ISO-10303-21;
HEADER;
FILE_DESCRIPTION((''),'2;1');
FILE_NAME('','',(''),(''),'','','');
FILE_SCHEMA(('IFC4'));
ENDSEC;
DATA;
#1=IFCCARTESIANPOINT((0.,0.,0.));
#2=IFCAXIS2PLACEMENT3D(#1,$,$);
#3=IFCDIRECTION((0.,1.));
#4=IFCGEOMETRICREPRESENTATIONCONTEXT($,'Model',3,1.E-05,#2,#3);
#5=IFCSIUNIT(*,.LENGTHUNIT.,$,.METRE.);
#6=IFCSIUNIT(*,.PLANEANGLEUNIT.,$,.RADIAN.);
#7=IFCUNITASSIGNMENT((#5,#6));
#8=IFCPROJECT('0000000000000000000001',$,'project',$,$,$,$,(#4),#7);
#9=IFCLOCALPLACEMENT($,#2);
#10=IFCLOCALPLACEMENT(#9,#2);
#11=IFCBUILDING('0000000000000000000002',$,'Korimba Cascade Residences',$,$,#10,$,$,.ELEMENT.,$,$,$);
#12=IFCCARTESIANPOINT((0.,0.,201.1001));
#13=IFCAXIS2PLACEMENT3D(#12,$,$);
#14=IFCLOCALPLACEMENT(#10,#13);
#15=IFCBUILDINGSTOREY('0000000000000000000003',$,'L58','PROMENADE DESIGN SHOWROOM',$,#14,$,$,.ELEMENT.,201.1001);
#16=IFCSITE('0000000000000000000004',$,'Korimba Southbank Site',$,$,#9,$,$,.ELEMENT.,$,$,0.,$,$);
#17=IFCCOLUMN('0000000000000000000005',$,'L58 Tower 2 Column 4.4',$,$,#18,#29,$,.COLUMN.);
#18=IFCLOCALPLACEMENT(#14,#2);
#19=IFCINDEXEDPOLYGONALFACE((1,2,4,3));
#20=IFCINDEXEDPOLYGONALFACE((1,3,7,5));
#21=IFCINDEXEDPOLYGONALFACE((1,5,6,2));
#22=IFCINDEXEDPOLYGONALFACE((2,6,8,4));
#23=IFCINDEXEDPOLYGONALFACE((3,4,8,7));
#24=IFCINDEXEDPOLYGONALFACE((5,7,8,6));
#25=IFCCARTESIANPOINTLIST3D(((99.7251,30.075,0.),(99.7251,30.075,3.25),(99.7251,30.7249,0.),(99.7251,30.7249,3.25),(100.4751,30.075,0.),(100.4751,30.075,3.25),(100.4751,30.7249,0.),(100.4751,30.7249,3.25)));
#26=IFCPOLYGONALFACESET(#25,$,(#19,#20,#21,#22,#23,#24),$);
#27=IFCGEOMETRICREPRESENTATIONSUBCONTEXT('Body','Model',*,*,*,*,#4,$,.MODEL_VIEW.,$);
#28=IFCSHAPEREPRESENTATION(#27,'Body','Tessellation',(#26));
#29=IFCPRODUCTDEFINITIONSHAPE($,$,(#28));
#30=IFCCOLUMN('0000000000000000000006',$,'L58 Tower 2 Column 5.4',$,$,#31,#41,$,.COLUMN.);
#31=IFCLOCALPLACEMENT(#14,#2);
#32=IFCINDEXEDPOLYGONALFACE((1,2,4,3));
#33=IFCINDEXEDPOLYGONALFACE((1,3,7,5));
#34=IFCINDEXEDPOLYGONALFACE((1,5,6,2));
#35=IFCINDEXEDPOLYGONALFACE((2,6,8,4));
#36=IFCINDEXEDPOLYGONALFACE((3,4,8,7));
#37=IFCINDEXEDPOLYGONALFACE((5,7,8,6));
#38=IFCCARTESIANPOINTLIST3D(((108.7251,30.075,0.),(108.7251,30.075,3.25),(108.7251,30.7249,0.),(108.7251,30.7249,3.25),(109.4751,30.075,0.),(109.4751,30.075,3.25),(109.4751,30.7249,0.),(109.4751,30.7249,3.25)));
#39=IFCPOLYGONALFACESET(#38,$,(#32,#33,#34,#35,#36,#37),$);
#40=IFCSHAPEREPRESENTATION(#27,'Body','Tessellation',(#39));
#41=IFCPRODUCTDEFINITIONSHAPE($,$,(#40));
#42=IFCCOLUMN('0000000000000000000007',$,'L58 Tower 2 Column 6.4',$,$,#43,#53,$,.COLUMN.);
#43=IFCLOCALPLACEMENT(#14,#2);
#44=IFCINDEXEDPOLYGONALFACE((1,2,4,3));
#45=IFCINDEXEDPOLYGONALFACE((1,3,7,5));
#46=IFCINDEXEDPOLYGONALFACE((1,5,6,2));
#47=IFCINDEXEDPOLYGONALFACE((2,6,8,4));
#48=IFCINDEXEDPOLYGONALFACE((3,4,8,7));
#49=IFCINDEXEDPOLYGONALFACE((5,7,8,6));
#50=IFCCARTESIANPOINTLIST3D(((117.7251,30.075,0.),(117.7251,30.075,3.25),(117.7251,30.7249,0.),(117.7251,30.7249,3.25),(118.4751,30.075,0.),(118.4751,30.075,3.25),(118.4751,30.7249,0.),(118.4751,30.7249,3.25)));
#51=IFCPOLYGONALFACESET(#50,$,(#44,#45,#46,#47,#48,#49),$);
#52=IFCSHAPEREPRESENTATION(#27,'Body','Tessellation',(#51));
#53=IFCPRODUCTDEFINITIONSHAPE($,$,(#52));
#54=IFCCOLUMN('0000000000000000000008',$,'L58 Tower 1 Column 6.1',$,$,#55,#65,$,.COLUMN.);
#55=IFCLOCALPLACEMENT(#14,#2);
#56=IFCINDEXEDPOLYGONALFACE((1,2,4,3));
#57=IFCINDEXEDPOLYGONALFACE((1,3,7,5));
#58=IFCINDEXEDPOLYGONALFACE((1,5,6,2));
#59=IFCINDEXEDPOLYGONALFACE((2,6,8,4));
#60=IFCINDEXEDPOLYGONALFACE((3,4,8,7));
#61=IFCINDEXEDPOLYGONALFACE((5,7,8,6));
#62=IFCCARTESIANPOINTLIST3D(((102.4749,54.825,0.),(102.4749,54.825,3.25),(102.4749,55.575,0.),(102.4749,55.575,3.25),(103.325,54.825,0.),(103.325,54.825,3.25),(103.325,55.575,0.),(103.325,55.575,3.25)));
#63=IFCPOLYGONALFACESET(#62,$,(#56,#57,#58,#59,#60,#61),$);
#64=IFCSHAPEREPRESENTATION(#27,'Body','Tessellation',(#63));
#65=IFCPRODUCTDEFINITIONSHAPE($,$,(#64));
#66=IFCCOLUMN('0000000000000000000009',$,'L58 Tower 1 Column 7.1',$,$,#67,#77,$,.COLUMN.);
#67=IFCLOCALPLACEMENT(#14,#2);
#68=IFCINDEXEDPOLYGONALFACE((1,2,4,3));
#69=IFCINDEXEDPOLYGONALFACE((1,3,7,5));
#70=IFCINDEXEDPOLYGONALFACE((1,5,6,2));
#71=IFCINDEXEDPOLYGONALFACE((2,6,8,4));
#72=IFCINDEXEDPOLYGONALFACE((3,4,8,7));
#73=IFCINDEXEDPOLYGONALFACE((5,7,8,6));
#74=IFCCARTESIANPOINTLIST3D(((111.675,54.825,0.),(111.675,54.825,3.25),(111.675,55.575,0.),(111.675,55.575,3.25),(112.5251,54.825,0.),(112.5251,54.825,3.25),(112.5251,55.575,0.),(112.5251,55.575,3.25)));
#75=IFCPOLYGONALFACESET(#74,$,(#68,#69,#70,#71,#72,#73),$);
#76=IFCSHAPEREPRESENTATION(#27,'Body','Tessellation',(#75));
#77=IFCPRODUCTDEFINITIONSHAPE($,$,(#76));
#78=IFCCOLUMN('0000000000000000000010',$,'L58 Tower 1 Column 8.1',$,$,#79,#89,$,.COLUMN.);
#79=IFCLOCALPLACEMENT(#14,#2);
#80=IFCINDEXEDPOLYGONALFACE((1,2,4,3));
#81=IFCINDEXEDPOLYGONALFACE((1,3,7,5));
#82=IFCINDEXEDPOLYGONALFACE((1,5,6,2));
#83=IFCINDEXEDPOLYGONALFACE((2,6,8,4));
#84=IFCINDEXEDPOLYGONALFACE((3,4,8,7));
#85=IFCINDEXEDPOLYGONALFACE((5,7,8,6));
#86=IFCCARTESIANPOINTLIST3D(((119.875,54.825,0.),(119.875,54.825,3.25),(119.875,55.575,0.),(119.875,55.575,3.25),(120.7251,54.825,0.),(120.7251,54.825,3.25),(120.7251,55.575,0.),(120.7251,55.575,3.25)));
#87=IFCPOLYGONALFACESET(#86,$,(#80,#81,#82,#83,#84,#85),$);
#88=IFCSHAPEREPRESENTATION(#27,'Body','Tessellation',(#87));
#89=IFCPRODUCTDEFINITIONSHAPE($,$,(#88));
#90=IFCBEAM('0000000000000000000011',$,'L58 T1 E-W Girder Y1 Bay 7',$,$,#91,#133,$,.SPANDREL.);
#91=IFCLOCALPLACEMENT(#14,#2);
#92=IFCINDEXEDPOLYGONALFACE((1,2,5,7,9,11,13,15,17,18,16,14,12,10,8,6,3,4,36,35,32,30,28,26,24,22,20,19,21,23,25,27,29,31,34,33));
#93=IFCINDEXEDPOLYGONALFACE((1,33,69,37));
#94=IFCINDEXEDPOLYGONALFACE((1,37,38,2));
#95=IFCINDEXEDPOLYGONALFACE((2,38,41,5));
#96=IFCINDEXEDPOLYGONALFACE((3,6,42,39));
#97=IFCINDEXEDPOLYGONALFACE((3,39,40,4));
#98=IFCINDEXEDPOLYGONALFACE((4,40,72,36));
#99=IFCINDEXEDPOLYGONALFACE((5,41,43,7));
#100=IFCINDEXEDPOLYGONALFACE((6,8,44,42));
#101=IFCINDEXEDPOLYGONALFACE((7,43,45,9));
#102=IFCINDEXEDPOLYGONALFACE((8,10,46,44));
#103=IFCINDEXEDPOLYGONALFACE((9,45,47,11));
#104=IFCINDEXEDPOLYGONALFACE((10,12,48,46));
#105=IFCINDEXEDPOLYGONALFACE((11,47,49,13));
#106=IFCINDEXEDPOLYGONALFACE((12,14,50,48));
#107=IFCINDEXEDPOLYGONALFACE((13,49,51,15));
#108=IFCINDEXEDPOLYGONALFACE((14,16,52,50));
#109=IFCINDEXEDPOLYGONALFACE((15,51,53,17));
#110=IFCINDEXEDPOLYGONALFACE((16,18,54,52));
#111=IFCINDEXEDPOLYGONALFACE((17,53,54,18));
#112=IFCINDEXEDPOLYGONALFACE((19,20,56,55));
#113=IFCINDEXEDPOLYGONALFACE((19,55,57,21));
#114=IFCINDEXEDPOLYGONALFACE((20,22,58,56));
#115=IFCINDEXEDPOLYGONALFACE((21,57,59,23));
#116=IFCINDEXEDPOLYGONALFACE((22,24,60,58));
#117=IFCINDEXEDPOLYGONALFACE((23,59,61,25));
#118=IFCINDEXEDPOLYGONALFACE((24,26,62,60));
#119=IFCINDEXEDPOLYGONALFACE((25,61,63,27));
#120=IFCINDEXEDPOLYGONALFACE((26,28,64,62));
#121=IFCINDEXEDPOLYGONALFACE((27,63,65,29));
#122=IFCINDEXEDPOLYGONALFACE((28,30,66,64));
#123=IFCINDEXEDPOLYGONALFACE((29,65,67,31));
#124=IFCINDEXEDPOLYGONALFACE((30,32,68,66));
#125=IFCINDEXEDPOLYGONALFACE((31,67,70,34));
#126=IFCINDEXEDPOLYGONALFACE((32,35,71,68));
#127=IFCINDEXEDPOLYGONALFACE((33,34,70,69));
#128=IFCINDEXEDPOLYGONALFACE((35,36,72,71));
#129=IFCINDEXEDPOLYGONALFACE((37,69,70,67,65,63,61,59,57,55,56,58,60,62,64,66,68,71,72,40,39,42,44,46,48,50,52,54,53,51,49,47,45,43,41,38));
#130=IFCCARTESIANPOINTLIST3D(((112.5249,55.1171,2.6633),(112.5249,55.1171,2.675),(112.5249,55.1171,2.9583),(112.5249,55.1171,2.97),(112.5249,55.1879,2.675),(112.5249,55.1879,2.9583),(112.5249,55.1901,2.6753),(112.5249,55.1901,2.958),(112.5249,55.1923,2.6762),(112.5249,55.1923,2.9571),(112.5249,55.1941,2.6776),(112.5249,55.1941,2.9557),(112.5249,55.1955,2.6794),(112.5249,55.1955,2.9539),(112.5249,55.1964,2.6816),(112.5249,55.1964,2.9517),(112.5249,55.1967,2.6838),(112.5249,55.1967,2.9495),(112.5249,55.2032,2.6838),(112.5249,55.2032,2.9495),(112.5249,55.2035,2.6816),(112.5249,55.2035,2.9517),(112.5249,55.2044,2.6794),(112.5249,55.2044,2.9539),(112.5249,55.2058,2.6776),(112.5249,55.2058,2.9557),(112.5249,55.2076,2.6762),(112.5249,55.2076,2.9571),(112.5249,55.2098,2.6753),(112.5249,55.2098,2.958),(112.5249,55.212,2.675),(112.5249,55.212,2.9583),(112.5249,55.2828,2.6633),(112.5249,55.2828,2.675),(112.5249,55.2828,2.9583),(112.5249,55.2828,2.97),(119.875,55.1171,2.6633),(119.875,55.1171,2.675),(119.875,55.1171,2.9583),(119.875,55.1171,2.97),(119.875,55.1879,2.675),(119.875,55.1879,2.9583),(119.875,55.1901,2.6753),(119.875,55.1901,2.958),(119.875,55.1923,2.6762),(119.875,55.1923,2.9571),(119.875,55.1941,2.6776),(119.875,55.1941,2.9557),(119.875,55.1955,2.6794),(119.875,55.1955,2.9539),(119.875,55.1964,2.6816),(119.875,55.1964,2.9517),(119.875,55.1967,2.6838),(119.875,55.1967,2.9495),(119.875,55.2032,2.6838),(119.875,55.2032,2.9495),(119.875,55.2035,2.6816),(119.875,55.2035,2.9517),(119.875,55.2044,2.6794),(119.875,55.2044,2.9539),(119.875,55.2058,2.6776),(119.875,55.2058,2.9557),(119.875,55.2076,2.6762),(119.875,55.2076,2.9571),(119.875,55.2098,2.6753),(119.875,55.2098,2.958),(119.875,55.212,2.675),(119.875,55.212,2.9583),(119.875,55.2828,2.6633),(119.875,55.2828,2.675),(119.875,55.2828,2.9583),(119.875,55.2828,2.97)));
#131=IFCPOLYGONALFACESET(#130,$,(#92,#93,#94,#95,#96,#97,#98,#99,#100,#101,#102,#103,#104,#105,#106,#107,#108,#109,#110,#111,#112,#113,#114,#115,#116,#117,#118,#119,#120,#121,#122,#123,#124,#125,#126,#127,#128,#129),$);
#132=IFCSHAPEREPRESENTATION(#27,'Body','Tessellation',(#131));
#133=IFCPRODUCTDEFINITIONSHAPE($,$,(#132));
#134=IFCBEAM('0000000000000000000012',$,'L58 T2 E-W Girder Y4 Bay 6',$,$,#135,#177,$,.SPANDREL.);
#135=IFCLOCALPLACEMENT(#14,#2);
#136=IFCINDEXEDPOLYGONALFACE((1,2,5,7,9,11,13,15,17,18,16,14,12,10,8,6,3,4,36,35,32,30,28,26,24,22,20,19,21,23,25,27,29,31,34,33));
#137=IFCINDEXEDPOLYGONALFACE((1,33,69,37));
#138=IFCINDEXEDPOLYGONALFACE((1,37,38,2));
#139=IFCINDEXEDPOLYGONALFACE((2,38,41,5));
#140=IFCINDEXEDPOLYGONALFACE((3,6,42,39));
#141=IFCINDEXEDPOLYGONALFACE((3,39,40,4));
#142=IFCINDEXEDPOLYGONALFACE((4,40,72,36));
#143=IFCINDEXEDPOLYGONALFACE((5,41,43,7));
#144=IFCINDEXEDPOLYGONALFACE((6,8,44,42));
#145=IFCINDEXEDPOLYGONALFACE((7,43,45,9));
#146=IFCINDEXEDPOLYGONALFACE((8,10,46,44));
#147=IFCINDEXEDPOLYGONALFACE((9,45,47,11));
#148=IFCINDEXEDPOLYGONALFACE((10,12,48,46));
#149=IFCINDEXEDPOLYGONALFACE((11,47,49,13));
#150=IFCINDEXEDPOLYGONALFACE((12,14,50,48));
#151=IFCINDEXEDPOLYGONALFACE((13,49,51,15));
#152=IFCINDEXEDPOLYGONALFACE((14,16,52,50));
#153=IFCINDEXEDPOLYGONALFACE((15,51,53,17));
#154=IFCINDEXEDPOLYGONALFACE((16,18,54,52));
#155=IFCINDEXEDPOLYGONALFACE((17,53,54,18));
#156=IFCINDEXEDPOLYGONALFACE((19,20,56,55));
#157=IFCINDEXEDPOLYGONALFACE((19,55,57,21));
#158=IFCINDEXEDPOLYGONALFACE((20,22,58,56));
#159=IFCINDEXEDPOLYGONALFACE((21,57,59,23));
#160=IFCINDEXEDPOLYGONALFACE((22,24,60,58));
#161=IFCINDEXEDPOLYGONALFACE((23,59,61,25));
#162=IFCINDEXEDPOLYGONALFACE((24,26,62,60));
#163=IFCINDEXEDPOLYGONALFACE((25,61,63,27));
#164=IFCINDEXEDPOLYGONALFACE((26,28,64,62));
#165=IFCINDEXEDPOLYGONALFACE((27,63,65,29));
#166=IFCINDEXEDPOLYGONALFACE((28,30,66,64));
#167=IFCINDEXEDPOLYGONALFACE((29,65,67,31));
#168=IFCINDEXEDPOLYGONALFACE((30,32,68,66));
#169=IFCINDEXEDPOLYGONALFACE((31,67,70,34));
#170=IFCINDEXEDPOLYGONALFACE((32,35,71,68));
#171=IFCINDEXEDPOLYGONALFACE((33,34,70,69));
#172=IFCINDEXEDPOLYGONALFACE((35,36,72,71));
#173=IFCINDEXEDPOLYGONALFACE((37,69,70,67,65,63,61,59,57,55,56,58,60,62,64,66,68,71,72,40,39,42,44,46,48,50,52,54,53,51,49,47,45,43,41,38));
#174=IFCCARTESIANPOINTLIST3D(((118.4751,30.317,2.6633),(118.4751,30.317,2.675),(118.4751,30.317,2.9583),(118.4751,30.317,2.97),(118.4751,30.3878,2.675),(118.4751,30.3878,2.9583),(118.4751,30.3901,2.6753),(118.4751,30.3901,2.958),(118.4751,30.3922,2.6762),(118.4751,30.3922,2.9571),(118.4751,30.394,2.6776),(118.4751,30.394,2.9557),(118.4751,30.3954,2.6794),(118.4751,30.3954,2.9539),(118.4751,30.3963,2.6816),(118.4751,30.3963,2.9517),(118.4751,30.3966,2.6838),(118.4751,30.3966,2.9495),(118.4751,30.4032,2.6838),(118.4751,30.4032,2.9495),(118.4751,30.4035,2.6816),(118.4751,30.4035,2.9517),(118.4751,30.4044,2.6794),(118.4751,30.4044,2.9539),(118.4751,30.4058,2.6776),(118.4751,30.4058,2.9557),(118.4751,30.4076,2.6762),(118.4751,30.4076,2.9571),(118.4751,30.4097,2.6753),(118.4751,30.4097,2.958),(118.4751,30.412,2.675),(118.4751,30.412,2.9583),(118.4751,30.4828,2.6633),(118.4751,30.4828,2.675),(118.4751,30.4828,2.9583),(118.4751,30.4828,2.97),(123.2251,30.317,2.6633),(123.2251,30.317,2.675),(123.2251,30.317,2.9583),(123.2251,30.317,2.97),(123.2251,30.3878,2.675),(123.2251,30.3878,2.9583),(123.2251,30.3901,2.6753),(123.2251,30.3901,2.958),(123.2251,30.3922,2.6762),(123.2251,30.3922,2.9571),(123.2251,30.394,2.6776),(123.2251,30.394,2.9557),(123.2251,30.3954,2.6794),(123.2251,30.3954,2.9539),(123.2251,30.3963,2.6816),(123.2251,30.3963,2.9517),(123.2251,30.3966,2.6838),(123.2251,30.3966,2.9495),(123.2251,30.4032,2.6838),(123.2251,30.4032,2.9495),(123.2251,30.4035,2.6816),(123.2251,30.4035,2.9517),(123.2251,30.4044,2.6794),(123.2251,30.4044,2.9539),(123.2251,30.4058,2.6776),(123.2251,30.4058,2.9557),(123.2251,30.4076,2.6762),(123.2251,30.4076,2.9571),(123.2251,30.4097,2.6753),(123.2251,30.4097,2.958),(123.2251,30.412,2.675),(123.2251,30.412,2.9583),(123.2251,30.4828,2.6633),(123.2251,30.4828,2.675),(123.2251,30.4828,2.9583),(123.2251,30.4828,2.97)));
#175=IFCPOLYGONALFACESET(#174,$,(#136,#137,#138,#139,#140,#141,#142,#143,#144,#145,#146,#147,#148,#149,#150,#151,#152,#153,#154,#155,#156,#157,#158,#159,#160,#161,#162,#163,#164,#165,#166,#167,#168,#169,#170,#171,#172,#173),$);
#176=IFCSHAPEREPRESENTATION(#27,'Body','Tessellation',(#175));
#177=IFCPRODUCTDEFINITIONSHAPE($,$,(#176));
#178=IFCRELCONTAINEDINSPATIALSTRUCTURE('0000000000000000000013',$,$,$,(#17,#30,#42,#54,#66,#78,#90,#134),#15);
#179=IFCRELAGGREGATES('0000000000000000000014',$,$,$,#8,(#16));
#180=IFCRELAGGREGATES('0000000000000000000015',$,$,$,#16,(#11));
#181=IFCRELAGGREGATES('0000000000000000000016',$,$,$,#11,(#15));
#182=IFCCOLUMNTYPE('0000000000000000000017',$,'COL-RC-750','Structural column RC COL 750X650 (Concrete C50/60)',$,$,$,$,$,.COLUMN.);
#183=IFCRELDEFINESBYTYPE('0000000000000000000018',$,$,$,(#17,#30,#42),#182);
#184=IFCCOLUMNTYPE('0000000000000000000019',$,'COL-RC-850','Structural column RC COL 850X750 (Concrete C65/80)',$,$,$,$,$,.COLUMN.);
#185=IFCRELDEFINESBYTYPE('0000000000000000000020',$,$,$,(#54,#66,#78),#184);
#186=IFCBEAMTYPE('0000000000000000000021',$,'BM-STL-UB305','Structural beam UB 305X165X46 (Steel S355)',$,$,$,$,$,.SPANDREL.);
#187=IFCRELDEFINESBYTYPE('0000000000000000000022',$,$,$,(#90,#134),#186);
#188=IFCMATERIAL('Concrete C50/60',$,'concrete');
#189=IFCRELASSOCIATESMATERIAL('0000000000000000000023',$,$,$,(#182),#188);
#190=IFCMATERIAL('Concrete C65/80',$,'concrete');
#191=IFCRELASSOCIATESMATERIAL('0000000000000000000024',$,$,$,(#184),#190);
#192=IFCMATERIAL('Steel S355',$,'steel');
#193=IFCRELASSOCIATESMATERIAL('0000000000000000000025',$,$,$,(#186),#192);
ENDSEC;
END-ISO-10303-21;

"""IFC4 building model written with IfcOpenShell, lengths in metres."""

from ifc_helpers import new_model, si_unit, direction, frame, origin, origin_2d, place, context, subcontext, project, spatial, rectangle, i_section, extrude, material, material_profile, profile_set, type_object, element, save


model = new_model("IFC4")

# Units and contexts
model_context = context("Model", 3, precision=1e-05, world=origin(), true_north=direction((0.0, 1.0)))
body_context = subcontext(model_context, "Body", "Model", "MODEL_VIEW")
ifc_project = project(units=[si_unit("LENGTHUNIT", "METRE"), si_unit("PLANEANGLEUNIT", "RADIAN")], contexts=[model_context])

# Site, building, storey
site_placement = place(None, origin())
site = spatial("IfcSite", under=ifc_project, at=site_placement, Name="Korimba Southbank Site", CompositionType="ELEMENT", RefElevation=0.0)
building_placement = place(site_placement, origin())
building = spatial("IfcBuilding", under=site, at=building_placement, Name="Korimba Cascade Residences", CompositionType="ELEMENT")
storey_placement = place(building_placement, frame((0.0, 0.0, 201.1001)))
storey = spatial("IfcBuildingStorey", under=building, at=storey_placement, Name="L58", Description="PROMENADE DESIGN SHOWROOM", CompositionType="ELEMENT", Elevation=201.1001)

# Columns
ifc_material_1 = material(Name="Concrete C50/60", Category="concrete")
ifc_material_profile_1 = material_profile(ifc_material_1, rectangle(XDim=0.75, YDim=0.6499, at=origin_2d()), Name="Concrete C50/60")
ifc_profile_set_1 = profile_set([ifc_material_profile_1], Name="Concrete C50/60")
column_type_1 = type_object("IfcColumnType", Name="COL-RC-750", Description="Structural column RC COL 750X650 (Concrete C50/60)", PredefinedType="COLUMN", material=ifc_profile_set_1)
for number, where, z_axis, x_axis, name in (
    (1, (100.1001, 30.3999, 0.0), (0.0, 0.0, 1.0), (1.0, 0.0, 0.0), "L58 Tower 2 Column 4.4"),
    (2, (109.1001, 30.3999, 0.0), (0.0, 0.0, 1.0), (1.0, 0.0, 0.0), "L58 Tower 2 Column 5.4"),
    (3, (118.1001, 30.3999, 0.0), (0.0, 0.0, 1.0), (1.0, 0.0, 0.0), "L58 Tower 2 Column 6.4"),
):
    element("IfcColumn", number, at=place(storey_placement, frame(where, z_axis=z_axis, x_axis=x_axis)), inside=storey, type_object=column_type_1, Name=name, PredefinedType="COLUMN", context=body_context, shape_type="SweptSolid", body=[
        extrude(rectangle(XDim=0.75, YDim=0.6499, at=origin_2d()), origin(), (0.0, 0.0, 1.0), 3.25),
    ])
ifc_material_2 = material(Name="Concrete C65/80", Category="concrete")
ifc_material_profile_2 = material_profile(ifc_material_2, rectangle(XDim=0.8501, YDim=0.75, at=origin_2d()), Name="Concrete C65/80")
ifc_profile_set_2 = profile_set([ifc_material_profile_2], Name="Concrete C65/80")
column_type_2 = type_object("IfcColumnType", Name="COL-RC-850", Description="Structural column RC COL 850X750 (Concrete C65/80)", PredefinedType="COLUMN", material=ifc_profile_set_2)
for number, where, z_axis, x_axis, name in (
    (4, (102.8999, 55.2, 0.0), (0.0, 0.0, 1.0), (1.0, 0.0, 0.0), "L58 Tower 1 Column 6.1"),
    (5, (112.1001, 55.2, 0.0), (0.0, 0.0, 1.0), (1.0, 0.0, 0.0), "L58 Tower 1 Column 7.1"),
    (6, (120.3, 55.2, 0.0), (0.0, 0.0, 1.0), (1.0, 0.0, 0.0), "L58 Tower 1 Column 8.1"),
):
    element("IfcColumn", number, at=place(storey_placement, frame(where, z_axis=z_axis, x_axis=x_axis)), inside=storey, type_object=column_type_2, Name=name, PredefinedType="COLUMN", context=body_context, shape_type="SweptSolid", body=[
        extrude(rectangle(XDim=0.8501, YDim=0.75, at=origin_2d()), origin(), (0.0, 0.0, 1.0), 3.25),
    ])

# Beams
ifc_material_3 = material(Name="Steel S355", Category="steel")
ifc_material_profile_3 = material_profile(ifc_material_3, i_section(OverallWidth=0.1658, OverallDepth=0.3066, WebThickness=0.0066, FlangeThickness=0.0117, FilletRadius=0.0088, at=origin_2d()), Name="Steel S355")
ifc_profile_set_3 = profile_set([ifc_material_profile_3], Name="Steel S355")
beam_type = type_object("IfcBeamType", Name="BM-STL-UB305", Description="Structural beam UB 305X165X46 (Steel S355)", PredefinedType="SPANDREL", material=ifc_profile_set_3)
beam_1_placement = place(storey_placement, frame((112.5249, 55.2, 2.8167), z_axis=(1.0, 0.0, 0.0), x_axis=(0.0, 1.0, 0.0)))
element("IfcBeam", 7, at=beam_1_placement, inside=storey, type_object=beam_type, Name="L58 T1 E-W Girder Y1 Bay 7", PredefinedType="SPANDREL", context=body_context, shape_type="SweptSolid", body=[
    extrude(i_section(OverallWidth=0.1658, OverallDepth=0.3066, WebThickness=0.0066, FlangeThickness=0.0117, FilletRadius=0.0088, at=origin_2d()), origin(), (0.0, 0.0, 1.0), 7.3501),
])
beam_2_placement = place(storey_placement, frame((118.4751, 30.3999, 2.8167), z_axis=(1.0, 0.0, 0.0), x_axis=(0.0, 1.0, 0.0)))
element("IfcBeam", 8, at=beam_2_placement, inside=storey, type_object=beam_type, Name="L58 T2 E-W Girder Y4 Bay 6", PredefinedType="SPANDREL", context=body_context, shape_type="SweptSolid", body=[
    extrude(i_section(OverallWidth=0.1658, OverallDepth=0.3066, WebThickness=0.0066, FlangeThickness=0.0117, FilletRadius=0.0088, at=origin_2d()), origin(), (0.0, 0.0, 1.0), 4.75),
])

save(model, "model.ifc")
